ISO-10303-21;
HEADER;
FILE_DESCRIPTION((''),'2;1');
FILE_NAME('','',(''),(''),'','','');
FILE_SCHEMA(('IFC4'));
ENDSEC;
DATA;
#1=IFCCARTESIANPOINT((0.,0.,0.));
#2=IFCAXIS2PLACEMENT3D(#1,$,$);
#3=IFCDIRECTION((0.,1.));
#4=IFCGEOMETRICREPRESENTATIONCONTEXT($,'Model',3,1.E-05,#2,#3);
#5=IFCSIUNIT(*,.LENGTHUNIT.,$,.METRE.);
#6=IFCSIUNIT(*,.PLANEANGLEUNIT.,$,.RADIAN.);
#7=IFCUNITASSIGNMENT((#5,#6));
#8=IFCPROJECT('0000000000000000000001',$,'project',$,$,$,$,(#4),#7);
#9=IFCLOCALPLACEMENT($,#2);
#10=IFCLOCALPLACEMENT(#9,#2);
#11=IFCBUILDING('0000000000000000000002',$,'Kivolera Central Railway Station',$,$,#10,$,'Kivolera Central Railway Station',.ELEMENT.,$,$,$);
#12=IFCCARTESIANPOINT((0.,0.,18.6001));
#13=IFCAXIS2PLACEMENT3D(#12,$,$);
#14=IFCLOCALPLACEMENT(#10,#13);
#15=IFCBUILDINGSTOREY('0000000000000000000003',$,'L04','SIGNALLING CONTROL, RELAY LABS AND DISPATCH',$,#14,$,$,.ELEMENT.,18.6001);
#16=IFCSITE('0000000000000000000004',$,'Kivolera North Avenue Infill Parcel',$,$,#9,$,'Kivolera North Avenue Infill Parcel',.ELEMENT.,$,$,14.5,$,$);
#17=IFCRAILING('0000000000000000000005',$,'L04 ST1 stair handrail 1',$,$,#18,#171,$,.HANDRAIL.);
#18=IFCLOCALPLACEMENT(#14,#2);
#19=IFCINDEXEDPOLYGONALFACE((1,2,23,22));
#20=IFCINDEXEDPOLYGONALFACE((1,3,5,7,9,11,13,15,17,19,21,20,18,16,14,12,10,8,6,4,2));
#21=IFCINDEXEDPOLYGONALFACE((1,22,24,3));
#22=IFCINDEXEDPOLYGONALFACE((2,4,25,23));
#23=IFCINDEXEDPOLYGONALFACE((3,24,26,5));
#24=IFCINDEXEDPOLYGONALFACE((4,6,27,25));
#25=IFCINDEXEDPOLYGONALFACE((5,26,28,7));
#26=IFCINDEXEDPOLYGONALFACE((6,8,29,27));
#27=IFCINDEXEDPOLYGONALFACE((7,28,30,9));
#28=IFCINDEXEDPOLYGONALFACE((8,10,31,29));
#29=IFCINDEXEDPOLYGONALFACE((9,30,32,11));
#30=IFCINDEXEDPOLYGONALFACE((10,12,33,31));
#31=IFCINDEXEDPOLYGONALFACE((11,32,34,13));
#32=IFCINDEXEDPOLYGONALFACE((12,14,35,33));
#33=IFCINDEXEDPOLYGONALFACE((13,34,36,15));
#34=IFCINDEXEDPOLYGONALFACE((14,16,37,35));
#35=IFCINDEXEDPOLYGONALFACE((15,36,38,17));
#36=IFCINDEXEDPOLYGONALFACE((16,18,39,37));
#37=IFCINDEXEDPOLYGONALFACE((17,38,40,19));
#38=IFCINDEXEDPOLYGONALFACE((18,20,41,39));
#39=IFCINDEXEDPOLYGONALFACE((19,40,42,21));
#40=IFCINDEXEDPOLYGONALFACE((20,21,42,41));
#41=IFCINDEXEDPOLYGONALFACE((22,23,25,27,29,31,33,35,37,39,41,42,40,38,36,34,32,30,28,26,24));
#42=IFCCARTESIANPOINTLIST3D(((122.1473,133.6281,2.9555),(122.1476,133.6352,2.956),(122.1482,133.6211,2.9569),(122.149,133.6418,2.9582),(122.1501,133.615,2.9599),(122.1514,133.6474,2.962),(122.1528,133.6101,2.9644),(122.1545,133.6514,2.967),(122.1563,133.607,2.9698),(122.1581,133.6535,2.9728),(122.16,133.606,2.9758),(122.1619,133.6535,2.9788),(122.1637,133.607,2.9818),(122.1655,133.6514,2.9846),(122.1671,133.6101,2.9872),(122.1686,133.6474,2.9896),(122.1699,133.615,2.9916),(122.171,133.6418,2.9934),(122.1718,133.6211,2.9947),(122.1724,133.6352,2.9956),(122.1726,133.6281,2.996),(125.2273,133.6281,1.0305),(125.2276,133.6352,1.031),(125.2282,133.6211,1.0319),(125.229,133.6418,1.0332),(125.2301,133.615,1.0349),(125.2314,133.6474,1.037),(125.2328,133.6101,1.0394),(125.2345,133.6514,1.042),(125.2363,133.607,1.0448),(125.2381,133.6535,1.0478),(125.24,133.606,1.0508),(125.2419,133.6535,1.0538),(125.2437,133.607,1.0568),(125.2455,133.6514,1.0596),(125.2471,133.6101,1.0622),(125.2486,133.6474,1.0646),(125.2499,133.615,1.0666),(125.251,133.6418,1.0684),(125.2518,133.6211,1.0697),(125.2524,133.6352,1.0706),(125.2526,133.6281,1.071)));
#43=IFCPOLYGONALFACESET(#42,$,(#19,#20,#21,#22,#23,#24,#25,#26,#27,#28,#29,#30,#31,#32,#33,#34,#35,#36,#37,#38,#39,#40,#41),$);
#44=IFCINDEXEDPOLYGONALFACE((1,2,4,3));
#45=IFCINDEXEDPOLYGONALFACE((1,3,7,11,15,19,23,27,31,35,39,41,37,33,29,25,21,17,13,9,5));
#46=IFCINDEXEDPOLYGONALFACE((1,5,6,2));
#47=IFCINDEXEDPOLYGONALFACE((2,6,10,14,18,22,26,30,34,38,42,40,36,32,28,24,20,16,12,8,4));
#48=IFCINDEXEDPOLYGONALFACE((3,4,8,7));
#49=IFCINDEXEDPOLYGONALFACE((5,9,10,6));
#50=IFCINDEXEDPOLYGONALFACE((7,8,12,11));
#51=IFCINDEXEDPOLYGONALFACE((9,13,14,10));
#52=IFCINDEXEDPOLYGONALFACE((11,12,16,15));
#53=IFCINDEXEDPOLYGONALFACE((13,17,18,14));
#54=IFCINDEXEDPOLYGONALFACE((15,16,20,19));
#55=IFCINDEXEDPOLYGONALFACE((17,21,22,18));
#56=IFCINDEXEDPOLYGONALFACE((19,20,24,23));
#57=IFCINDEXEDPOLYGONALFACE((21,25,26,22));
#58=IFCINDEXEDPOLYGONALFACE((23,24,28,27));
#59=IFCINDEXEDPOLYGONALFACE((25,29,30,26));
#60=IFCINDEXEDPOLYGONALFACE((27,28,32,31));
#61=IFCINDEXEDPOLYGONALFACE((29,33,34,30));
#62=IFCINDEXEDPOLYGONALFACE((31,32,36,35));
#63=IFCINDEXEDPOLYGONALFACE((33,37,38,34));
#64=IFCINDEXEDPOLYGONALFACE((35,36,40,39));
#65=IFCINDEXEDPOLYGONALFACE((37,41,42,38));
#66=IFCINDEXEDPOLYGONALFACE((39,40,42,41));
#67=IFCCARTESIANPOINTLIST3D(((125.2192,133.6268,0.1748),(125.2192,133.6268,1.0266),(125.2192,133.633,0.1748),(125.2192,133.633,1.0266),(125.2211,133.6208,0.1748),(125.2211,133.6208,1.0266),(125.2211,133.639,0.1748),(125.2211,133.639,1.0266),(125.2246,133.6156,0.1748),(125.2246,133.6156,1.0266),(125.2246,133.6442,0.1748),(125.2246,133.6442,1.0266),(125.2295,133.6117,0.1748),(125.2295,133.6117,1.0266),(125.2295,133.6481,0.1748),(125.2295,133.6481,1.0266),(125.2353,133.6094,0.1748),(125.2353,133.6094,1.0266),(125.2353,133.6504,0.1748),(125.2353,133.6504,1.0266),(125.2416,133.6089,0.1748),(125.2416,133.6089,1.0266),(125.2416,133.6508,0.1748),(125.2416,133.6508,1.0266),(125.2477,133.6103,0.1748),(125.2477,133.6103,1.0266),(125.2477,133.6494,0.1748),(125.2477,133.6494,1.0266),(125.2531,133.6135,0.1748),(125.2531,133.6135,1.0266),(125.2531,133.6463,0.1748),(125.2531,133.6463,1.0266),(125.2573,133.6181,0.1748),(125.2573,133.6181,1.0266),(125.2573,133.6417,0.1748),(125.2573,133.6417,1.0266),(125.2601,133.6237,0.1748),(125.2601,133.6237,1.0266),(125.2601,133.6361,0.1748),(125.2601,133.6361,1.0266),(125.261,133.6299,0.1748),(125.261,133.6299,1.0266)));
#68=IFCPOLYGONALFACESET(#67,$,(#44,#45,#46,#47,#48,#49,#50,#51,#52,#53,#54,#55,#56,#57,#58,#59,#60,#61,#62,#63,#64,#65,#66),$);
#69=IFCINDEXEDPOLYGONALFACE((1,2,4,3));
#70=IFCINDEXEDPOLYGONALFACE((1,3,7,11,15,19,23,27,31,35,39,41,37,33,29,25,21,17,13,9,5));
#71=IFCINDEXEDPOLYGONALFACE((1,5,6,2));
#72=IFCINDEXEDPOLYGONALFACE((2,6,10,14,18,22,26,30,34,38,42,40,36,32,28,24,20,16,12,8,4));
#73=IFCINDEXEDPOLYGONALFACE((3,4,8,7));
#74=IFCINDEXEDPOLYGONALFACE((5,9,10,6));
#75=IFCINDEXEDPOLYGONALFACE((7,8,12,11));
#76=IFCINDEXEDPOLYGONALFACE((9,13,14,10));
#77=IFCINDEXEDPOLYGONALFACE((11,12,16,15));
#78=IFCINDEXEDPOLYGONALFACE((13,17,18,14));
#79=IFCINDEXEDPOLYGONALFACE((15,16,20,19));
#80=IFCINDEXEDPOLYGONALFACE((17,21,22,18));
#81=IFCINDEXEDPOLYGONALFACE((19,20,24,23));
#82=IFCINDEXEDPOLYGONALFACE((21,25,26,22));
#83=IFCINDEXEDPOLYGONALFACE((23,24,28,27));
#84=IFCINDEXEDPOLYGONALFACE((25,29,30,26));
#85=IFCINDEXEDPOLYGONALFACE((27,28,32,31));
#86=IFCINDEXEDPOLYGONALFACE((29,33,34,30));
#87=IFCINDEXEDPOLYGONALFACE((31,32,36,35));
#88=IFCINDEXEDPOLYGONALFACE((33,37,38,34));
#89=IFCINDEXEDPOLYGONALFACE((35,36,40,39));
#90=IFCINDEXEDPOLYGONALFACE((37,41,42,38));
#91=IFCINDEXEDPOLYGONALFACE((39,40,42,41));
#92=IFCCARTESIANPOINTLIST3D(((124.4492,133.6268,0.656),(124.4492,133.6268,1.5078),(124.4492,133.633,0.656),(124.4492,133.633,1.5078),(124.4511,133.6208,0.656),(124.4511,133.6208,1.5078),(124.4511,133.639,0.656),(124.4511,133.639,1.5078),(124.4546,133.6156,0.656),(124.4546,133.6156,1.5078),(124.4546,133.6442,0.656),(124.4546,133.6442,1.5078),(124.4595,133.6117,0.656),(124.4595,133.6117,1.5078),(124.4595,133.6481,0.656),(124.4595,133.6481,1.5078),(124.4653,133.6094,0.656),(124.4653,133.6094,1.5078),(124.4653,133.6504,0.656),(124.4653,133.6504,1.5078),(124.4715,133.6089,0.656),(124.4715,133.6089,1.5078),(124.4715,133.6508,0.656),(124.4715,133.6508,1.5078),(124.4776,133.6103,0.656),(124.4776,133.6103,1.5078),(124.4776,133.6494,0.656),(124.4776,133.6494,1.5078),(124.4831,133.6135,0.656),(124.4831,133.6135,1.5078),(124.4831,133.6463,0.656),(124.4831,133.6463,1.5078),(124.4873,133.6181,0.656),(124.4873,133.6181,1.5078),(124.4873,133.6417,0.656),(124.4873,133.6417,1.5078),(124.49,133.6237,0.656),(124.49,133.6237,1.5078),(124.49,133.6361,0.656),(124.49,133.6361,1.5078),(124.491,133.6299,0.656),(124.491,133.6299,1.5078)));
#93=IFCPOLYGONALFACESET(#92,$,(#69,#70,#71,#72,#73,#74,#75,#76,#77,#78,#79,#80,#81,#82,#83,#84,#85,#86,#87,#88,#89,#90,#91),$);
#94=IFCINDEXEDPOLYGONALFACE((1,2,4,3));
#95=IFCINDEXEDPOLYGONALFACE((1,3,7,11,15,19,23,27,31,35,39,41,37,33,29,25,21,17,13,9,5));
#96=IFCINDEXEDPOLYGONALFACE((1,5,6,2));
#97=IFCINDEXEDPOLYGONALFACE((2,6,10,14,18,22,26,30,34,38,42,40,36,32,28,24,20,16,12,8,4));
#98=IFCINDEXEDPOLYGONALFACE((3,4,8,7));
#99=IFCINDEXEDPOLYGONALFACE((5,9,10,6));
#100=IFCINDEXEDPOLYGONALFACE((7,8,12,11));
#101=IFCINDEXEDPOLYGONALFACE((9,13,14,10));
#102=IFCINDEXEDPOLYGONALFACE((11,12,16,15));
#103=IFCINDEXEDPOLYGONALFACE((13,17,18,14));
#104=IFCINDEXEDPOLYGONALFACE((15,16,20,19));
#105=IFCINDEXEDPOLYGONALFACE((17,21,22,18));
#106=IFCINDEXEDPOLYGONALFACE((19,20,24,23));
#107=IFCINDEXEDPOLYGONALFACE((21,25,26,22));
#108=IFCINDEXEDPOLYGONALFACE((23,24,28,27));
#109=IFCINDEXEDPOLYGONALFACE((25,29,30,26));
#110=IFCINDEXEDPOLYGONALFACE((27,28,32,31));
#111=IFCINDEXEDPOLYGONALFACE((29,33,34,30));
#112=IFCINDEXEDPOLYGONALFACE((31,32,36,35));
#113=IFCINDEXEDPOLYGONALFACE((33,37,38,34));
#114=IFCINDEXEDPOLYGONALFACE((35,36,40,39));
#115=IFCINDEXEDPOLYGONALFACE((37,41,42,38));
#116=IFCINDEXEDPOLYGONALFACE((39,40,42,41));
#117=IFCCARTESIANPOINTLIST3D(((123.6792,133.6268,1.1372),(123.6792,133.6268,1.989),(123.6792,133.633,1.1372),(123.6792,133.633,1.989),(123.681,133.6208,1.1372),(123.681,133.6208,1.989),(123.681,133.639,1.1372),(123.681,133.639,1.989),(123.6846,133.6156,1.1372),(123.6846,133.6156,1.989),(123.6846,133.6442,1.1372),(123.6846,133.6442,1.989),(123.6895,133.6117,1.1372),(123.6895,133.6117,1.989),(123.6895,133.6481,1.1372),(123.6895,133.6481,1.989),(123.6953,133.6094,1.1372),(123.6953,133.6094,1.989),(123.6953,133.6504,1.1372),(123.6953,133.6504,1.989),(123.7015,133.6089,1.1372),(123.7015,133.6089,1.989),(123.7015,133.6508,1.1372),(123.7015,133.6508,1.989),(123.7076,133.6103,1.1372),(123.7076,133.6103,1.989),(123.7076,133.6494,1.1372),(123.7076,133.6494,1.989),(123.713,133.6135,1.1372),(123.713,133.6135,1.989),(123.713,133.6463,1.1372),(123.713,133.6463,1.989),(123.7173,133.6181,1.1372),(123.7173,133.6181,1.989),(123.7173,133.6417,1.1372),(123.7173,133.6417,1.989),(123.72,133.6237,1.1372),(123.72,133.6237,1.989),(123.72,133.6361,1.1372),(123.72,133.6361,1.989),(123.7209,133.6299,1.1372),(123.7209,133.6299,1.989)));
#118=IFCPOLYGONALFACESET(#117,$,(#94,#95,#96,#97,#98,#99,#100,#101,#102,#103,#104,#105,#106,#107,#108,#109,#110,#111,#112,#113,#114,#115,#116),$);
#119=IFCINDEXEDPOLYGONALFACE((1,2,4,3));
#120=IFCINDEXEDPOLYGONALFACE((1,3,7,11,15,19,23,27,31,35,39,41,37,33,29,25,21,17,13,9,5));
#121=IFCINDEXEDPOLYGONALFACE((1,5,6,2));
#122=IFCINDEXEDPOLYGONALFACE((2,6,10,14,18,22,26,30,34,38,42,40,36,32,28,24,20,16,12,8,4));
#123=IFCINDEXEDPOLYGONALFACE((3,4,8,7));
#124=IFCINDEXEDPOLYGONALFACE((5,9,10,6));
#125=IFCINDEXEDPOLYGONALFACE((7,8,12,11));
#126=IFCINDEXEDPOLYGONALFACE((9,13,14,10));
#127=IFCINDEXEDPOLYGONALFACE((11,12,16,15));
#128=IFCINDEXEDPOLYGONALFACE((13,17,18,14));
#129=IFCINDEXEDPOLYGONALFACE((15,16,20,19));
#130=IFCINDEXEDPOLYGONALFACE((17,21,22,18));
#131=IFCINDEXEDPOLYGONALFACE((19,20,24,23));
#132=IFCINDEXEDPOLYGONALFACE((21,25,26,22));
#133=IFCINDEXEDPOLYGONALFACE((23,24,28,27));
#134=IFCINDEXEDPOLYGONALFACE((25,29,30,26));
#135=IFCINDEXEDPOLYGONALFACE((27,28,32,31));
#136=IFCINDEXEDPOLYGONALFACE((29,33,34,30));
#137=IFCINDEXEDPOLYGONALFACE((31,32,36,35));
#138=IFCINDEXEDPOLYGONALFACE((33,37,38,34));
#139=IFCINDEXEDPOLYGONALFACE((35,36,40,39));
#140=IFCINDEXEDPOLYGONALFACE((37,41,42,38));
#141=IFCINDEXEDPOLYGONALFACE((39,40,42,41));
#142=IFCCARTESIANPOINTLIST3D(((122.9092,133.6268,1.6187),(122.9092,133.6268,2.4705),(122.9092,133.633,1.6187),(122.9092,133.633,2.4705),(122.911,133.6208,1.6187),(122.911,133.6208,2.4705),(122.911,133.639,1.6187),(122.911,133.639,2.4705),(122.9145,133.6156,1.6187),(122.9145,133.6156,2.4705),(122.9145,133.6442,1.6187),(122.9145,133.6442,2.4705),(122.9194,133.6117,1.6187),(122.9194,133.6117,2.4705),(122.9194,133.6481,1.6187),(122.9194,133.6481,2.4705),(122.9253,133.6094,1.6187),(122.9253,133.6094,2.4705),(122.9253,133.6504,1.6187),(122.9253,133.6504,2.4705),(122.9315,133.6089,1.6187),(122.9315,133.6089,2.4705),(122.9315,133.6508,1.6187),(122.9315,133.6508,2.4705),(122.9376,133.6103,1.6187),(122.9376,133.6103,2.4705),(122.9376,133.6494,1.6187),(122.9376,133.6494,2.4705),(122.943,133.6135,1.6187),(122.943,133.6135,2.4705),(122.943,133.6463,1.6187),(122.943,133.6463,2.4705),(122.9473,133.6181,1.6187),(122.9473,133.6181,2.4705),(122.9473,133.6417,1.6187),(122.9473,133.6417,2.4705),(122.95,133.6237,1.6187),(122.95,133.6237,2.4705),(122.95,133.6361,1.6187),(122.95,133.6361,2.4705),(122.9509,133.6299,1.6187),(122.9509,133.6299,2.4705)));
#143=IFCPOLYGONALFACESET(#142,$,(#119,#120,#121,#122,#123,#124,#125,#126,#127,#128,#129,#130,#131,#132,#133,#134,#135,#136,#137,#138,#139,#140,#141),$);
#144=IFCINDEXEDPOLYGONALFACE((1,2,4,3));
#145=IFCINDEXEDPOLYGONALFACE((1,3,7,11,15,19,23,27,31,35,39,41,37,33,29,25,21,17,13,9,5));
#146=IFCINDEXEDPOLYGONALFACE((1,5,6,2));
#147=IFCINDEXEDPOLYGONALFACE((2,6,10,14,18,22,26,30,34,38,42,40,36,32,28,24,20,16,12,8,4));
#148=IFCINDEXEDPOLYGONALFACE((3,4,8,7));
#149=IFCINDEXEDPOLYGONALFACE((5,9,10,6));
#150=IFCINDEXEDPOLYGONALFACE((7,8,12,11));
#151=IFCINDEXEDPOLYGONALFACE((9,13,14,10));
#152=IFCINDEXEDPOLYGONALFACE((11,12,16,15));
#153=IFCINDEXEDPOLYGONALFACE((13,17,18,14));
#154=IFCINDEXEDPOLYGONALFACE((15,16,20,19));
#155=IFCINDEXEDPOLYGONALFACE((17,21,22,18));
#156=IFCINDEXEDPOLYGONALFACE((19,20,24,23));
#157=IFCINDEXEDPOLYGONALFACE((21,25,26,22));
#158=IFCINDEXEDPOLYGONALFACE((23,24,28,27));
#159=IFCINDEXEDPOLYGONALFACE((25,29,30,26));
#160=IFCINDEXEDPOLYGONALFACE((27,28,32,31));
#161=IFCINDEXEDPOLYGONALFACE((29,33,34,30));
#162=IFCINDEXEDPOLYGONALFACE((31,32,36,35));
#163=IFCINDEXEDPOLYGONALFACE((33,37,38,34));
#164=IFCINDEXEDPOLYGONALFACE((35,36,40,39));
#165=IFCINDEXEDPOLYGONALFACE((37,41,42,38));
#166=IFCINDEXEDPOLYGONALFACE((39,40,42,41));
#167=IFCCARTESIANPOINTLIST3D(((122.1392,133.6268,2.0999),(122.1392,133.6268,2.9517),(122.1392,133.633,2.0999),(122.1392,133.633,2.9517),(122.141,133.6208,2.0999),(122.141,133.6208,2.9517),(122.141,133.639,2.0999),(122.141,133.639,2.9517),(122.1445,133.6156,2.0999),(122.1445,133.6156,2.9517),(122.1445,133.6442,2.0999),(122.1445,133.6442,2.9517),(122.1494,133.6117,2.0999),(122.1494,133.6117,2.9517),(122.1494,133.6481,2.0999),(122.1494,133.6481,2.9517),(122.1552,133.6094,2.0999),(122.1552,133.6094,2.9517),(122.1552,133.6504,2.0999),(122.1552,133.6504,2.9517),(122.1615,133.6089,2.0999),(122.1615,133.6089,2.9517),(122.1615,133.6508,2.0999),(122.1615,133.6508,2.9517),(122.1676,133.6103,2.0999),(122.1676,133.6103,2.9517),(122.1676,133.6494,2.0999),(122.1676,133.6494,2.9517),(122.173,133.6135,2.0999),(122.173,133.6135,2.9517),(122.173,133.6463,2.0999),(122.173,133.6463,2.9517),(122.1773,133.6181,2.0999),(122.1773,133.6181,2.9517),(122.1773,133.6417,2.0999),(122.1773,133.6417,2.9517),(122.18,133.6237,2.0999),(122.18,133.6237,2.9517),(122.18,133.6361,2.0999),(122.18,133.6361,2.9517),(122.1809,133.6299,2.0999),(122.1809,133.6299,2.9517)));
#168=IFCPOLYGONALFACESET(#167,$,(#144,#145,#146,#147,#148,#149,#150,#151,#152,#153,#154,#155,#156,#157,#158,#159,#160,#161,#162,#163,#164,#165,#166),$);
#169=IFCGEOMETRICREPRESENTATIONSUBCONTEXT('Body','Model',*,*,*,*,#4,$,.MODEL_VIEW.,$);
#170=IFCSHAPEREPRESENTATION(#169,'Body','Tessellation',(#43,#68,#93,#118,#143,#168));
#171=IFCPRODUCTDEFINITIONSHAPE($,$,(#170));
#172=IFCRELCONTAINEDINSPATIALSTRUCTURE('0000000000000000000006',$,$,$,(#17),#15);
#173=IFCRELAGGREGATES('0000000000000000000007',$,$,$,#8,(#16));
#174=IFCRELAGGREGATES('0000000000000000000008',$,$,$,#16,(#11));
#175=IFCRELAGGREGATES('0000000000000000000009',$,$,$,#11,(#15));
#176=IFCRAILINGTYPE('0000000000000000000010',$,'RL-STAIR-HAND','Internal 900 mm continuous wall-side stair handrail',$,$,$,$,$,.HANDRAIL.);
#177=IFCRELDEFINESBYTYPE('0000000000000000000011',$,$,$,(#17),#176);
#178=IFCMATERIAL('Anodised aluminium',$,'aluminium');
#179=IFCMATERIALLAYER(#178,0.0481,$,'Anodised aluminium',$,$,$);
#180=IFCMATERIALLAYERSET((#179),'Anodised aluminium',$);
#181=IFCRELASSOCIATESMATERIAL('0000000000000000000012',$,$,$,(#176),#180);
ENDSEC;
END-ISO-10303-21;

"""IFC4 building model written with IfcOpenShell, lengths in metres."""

from ifc_helpers import new_model, si_unit, direction, frame, origin, origin_2d, place, context, subcontext, project, spatial, circle, extrude, material, layer, layer_set, type_object, element, save


model = new_model("IFC4")

# Units and contexts
model_context = context("Model", 3, precision=1e-05, world=origin(), true_north=direction((0.0, 1.0)))
body_context = subcontext(model_context, "Body", "Model", "MODEL_VIEW")
ifc_project = project(units=[si_unit("LENGTHUNIT", "METRE"), si_unit("PLANEANGLEUNIT", "RADIAN")], contexts=[model_context])

# Site, building, storey
site_placement = place(None, origin())
site = spatial("IfcSite", under=ifc_project, at=site_placement, Name="Kivolera North Avenue Infill Parcel", LongName="Kivolera North Avenue Infill Parcel", CompositionType="ELEMENT", RefElevation=14.5)
building_placement = place(site_placement, origin())
building = spatial("IfcBuilding", under=site, at=building_placement, Name="Kivolera Central Railway Station", LongName="Kivolera Central Railway Station", CompositionType="ELEMENT")
storey_placement = place(building_placement, frame((0.0, 0.0, 18.6001)))
storey = spatial("IfcBuildingStorey", under=building, at=storey_placement, Name="L04", Description="SIGNALLING CONTROL, RELAY LABS AND DISPATCH", CompositionType="ELEMENT", Elevation=18.6001)

# Shared definitions
ifc_material_1 = material(Name="Anodised aluminium", Category="aluminium")

# Railing
ifc_layer_1 = layer(ifc_material_1, 0.0481, Name="Anodised aluminium")
ifc_layer_set_1 = layer_set([ifc_layer_1], Name="Anodised aluminium")
railing_type_1 = type_object("IfcRailingType", Name="RL-STAIR-HAND", Description="Internal 900 mm continuous wall-side stair handrail", PredefinedType="HANDRAIL", material=ifc_layer_set_1)
railing_1_placement = place(storey_placement, frame((125.24, 133.6299, 0.1748)))
element("IfcRailing", 1, at=railing_1_placement, inside=storey, type_object=railing_type_1, Name="L04 ST1 stair handrail 1", PredefinedType="HANDRAIL", context=body_context, shape_type="SweptSolid", body=[
    extrude(circle(Radius=0.0239, at=origin_2d()), frame((0.0, 0.0, 0.876), z_axis=(-0.847998, 0.0, 0.529999), x_axis=(0.0, -1.0, 0.0)), (0.0, 0.0, 1.0), 3.6321),
    extrude(circle(Radius=0.021, at=origin_2d()), origin(), (0.0, 0.0, 1.0), 0.8518),
    extrude(circle(Radius=0.021, at=origin_2d()), frame((-0.77, 0.0, 0.4812)), (0.0, 0.0, 1.0), 0.8518),
    extrude(circle(Radius=0.021, at=origin_2d()), frame((-1.54, 0.0, 0.9624)), (0.0, 0.0, 1.0), 0.8518),
    extrude(circle(Radius=0.021, at=origin_2d()), frame((-2.3101, 0.0, 1.4438)), (0.0, 0.0, 1.0), 0.8518),
    extrude(circle(Radius=0.021, at=origin_2d()), frame((-3.0801, 0.0, 1.925)), (0.0, 0.0, 1.0), 0.8518),
])

save(model, "model.ifc")
